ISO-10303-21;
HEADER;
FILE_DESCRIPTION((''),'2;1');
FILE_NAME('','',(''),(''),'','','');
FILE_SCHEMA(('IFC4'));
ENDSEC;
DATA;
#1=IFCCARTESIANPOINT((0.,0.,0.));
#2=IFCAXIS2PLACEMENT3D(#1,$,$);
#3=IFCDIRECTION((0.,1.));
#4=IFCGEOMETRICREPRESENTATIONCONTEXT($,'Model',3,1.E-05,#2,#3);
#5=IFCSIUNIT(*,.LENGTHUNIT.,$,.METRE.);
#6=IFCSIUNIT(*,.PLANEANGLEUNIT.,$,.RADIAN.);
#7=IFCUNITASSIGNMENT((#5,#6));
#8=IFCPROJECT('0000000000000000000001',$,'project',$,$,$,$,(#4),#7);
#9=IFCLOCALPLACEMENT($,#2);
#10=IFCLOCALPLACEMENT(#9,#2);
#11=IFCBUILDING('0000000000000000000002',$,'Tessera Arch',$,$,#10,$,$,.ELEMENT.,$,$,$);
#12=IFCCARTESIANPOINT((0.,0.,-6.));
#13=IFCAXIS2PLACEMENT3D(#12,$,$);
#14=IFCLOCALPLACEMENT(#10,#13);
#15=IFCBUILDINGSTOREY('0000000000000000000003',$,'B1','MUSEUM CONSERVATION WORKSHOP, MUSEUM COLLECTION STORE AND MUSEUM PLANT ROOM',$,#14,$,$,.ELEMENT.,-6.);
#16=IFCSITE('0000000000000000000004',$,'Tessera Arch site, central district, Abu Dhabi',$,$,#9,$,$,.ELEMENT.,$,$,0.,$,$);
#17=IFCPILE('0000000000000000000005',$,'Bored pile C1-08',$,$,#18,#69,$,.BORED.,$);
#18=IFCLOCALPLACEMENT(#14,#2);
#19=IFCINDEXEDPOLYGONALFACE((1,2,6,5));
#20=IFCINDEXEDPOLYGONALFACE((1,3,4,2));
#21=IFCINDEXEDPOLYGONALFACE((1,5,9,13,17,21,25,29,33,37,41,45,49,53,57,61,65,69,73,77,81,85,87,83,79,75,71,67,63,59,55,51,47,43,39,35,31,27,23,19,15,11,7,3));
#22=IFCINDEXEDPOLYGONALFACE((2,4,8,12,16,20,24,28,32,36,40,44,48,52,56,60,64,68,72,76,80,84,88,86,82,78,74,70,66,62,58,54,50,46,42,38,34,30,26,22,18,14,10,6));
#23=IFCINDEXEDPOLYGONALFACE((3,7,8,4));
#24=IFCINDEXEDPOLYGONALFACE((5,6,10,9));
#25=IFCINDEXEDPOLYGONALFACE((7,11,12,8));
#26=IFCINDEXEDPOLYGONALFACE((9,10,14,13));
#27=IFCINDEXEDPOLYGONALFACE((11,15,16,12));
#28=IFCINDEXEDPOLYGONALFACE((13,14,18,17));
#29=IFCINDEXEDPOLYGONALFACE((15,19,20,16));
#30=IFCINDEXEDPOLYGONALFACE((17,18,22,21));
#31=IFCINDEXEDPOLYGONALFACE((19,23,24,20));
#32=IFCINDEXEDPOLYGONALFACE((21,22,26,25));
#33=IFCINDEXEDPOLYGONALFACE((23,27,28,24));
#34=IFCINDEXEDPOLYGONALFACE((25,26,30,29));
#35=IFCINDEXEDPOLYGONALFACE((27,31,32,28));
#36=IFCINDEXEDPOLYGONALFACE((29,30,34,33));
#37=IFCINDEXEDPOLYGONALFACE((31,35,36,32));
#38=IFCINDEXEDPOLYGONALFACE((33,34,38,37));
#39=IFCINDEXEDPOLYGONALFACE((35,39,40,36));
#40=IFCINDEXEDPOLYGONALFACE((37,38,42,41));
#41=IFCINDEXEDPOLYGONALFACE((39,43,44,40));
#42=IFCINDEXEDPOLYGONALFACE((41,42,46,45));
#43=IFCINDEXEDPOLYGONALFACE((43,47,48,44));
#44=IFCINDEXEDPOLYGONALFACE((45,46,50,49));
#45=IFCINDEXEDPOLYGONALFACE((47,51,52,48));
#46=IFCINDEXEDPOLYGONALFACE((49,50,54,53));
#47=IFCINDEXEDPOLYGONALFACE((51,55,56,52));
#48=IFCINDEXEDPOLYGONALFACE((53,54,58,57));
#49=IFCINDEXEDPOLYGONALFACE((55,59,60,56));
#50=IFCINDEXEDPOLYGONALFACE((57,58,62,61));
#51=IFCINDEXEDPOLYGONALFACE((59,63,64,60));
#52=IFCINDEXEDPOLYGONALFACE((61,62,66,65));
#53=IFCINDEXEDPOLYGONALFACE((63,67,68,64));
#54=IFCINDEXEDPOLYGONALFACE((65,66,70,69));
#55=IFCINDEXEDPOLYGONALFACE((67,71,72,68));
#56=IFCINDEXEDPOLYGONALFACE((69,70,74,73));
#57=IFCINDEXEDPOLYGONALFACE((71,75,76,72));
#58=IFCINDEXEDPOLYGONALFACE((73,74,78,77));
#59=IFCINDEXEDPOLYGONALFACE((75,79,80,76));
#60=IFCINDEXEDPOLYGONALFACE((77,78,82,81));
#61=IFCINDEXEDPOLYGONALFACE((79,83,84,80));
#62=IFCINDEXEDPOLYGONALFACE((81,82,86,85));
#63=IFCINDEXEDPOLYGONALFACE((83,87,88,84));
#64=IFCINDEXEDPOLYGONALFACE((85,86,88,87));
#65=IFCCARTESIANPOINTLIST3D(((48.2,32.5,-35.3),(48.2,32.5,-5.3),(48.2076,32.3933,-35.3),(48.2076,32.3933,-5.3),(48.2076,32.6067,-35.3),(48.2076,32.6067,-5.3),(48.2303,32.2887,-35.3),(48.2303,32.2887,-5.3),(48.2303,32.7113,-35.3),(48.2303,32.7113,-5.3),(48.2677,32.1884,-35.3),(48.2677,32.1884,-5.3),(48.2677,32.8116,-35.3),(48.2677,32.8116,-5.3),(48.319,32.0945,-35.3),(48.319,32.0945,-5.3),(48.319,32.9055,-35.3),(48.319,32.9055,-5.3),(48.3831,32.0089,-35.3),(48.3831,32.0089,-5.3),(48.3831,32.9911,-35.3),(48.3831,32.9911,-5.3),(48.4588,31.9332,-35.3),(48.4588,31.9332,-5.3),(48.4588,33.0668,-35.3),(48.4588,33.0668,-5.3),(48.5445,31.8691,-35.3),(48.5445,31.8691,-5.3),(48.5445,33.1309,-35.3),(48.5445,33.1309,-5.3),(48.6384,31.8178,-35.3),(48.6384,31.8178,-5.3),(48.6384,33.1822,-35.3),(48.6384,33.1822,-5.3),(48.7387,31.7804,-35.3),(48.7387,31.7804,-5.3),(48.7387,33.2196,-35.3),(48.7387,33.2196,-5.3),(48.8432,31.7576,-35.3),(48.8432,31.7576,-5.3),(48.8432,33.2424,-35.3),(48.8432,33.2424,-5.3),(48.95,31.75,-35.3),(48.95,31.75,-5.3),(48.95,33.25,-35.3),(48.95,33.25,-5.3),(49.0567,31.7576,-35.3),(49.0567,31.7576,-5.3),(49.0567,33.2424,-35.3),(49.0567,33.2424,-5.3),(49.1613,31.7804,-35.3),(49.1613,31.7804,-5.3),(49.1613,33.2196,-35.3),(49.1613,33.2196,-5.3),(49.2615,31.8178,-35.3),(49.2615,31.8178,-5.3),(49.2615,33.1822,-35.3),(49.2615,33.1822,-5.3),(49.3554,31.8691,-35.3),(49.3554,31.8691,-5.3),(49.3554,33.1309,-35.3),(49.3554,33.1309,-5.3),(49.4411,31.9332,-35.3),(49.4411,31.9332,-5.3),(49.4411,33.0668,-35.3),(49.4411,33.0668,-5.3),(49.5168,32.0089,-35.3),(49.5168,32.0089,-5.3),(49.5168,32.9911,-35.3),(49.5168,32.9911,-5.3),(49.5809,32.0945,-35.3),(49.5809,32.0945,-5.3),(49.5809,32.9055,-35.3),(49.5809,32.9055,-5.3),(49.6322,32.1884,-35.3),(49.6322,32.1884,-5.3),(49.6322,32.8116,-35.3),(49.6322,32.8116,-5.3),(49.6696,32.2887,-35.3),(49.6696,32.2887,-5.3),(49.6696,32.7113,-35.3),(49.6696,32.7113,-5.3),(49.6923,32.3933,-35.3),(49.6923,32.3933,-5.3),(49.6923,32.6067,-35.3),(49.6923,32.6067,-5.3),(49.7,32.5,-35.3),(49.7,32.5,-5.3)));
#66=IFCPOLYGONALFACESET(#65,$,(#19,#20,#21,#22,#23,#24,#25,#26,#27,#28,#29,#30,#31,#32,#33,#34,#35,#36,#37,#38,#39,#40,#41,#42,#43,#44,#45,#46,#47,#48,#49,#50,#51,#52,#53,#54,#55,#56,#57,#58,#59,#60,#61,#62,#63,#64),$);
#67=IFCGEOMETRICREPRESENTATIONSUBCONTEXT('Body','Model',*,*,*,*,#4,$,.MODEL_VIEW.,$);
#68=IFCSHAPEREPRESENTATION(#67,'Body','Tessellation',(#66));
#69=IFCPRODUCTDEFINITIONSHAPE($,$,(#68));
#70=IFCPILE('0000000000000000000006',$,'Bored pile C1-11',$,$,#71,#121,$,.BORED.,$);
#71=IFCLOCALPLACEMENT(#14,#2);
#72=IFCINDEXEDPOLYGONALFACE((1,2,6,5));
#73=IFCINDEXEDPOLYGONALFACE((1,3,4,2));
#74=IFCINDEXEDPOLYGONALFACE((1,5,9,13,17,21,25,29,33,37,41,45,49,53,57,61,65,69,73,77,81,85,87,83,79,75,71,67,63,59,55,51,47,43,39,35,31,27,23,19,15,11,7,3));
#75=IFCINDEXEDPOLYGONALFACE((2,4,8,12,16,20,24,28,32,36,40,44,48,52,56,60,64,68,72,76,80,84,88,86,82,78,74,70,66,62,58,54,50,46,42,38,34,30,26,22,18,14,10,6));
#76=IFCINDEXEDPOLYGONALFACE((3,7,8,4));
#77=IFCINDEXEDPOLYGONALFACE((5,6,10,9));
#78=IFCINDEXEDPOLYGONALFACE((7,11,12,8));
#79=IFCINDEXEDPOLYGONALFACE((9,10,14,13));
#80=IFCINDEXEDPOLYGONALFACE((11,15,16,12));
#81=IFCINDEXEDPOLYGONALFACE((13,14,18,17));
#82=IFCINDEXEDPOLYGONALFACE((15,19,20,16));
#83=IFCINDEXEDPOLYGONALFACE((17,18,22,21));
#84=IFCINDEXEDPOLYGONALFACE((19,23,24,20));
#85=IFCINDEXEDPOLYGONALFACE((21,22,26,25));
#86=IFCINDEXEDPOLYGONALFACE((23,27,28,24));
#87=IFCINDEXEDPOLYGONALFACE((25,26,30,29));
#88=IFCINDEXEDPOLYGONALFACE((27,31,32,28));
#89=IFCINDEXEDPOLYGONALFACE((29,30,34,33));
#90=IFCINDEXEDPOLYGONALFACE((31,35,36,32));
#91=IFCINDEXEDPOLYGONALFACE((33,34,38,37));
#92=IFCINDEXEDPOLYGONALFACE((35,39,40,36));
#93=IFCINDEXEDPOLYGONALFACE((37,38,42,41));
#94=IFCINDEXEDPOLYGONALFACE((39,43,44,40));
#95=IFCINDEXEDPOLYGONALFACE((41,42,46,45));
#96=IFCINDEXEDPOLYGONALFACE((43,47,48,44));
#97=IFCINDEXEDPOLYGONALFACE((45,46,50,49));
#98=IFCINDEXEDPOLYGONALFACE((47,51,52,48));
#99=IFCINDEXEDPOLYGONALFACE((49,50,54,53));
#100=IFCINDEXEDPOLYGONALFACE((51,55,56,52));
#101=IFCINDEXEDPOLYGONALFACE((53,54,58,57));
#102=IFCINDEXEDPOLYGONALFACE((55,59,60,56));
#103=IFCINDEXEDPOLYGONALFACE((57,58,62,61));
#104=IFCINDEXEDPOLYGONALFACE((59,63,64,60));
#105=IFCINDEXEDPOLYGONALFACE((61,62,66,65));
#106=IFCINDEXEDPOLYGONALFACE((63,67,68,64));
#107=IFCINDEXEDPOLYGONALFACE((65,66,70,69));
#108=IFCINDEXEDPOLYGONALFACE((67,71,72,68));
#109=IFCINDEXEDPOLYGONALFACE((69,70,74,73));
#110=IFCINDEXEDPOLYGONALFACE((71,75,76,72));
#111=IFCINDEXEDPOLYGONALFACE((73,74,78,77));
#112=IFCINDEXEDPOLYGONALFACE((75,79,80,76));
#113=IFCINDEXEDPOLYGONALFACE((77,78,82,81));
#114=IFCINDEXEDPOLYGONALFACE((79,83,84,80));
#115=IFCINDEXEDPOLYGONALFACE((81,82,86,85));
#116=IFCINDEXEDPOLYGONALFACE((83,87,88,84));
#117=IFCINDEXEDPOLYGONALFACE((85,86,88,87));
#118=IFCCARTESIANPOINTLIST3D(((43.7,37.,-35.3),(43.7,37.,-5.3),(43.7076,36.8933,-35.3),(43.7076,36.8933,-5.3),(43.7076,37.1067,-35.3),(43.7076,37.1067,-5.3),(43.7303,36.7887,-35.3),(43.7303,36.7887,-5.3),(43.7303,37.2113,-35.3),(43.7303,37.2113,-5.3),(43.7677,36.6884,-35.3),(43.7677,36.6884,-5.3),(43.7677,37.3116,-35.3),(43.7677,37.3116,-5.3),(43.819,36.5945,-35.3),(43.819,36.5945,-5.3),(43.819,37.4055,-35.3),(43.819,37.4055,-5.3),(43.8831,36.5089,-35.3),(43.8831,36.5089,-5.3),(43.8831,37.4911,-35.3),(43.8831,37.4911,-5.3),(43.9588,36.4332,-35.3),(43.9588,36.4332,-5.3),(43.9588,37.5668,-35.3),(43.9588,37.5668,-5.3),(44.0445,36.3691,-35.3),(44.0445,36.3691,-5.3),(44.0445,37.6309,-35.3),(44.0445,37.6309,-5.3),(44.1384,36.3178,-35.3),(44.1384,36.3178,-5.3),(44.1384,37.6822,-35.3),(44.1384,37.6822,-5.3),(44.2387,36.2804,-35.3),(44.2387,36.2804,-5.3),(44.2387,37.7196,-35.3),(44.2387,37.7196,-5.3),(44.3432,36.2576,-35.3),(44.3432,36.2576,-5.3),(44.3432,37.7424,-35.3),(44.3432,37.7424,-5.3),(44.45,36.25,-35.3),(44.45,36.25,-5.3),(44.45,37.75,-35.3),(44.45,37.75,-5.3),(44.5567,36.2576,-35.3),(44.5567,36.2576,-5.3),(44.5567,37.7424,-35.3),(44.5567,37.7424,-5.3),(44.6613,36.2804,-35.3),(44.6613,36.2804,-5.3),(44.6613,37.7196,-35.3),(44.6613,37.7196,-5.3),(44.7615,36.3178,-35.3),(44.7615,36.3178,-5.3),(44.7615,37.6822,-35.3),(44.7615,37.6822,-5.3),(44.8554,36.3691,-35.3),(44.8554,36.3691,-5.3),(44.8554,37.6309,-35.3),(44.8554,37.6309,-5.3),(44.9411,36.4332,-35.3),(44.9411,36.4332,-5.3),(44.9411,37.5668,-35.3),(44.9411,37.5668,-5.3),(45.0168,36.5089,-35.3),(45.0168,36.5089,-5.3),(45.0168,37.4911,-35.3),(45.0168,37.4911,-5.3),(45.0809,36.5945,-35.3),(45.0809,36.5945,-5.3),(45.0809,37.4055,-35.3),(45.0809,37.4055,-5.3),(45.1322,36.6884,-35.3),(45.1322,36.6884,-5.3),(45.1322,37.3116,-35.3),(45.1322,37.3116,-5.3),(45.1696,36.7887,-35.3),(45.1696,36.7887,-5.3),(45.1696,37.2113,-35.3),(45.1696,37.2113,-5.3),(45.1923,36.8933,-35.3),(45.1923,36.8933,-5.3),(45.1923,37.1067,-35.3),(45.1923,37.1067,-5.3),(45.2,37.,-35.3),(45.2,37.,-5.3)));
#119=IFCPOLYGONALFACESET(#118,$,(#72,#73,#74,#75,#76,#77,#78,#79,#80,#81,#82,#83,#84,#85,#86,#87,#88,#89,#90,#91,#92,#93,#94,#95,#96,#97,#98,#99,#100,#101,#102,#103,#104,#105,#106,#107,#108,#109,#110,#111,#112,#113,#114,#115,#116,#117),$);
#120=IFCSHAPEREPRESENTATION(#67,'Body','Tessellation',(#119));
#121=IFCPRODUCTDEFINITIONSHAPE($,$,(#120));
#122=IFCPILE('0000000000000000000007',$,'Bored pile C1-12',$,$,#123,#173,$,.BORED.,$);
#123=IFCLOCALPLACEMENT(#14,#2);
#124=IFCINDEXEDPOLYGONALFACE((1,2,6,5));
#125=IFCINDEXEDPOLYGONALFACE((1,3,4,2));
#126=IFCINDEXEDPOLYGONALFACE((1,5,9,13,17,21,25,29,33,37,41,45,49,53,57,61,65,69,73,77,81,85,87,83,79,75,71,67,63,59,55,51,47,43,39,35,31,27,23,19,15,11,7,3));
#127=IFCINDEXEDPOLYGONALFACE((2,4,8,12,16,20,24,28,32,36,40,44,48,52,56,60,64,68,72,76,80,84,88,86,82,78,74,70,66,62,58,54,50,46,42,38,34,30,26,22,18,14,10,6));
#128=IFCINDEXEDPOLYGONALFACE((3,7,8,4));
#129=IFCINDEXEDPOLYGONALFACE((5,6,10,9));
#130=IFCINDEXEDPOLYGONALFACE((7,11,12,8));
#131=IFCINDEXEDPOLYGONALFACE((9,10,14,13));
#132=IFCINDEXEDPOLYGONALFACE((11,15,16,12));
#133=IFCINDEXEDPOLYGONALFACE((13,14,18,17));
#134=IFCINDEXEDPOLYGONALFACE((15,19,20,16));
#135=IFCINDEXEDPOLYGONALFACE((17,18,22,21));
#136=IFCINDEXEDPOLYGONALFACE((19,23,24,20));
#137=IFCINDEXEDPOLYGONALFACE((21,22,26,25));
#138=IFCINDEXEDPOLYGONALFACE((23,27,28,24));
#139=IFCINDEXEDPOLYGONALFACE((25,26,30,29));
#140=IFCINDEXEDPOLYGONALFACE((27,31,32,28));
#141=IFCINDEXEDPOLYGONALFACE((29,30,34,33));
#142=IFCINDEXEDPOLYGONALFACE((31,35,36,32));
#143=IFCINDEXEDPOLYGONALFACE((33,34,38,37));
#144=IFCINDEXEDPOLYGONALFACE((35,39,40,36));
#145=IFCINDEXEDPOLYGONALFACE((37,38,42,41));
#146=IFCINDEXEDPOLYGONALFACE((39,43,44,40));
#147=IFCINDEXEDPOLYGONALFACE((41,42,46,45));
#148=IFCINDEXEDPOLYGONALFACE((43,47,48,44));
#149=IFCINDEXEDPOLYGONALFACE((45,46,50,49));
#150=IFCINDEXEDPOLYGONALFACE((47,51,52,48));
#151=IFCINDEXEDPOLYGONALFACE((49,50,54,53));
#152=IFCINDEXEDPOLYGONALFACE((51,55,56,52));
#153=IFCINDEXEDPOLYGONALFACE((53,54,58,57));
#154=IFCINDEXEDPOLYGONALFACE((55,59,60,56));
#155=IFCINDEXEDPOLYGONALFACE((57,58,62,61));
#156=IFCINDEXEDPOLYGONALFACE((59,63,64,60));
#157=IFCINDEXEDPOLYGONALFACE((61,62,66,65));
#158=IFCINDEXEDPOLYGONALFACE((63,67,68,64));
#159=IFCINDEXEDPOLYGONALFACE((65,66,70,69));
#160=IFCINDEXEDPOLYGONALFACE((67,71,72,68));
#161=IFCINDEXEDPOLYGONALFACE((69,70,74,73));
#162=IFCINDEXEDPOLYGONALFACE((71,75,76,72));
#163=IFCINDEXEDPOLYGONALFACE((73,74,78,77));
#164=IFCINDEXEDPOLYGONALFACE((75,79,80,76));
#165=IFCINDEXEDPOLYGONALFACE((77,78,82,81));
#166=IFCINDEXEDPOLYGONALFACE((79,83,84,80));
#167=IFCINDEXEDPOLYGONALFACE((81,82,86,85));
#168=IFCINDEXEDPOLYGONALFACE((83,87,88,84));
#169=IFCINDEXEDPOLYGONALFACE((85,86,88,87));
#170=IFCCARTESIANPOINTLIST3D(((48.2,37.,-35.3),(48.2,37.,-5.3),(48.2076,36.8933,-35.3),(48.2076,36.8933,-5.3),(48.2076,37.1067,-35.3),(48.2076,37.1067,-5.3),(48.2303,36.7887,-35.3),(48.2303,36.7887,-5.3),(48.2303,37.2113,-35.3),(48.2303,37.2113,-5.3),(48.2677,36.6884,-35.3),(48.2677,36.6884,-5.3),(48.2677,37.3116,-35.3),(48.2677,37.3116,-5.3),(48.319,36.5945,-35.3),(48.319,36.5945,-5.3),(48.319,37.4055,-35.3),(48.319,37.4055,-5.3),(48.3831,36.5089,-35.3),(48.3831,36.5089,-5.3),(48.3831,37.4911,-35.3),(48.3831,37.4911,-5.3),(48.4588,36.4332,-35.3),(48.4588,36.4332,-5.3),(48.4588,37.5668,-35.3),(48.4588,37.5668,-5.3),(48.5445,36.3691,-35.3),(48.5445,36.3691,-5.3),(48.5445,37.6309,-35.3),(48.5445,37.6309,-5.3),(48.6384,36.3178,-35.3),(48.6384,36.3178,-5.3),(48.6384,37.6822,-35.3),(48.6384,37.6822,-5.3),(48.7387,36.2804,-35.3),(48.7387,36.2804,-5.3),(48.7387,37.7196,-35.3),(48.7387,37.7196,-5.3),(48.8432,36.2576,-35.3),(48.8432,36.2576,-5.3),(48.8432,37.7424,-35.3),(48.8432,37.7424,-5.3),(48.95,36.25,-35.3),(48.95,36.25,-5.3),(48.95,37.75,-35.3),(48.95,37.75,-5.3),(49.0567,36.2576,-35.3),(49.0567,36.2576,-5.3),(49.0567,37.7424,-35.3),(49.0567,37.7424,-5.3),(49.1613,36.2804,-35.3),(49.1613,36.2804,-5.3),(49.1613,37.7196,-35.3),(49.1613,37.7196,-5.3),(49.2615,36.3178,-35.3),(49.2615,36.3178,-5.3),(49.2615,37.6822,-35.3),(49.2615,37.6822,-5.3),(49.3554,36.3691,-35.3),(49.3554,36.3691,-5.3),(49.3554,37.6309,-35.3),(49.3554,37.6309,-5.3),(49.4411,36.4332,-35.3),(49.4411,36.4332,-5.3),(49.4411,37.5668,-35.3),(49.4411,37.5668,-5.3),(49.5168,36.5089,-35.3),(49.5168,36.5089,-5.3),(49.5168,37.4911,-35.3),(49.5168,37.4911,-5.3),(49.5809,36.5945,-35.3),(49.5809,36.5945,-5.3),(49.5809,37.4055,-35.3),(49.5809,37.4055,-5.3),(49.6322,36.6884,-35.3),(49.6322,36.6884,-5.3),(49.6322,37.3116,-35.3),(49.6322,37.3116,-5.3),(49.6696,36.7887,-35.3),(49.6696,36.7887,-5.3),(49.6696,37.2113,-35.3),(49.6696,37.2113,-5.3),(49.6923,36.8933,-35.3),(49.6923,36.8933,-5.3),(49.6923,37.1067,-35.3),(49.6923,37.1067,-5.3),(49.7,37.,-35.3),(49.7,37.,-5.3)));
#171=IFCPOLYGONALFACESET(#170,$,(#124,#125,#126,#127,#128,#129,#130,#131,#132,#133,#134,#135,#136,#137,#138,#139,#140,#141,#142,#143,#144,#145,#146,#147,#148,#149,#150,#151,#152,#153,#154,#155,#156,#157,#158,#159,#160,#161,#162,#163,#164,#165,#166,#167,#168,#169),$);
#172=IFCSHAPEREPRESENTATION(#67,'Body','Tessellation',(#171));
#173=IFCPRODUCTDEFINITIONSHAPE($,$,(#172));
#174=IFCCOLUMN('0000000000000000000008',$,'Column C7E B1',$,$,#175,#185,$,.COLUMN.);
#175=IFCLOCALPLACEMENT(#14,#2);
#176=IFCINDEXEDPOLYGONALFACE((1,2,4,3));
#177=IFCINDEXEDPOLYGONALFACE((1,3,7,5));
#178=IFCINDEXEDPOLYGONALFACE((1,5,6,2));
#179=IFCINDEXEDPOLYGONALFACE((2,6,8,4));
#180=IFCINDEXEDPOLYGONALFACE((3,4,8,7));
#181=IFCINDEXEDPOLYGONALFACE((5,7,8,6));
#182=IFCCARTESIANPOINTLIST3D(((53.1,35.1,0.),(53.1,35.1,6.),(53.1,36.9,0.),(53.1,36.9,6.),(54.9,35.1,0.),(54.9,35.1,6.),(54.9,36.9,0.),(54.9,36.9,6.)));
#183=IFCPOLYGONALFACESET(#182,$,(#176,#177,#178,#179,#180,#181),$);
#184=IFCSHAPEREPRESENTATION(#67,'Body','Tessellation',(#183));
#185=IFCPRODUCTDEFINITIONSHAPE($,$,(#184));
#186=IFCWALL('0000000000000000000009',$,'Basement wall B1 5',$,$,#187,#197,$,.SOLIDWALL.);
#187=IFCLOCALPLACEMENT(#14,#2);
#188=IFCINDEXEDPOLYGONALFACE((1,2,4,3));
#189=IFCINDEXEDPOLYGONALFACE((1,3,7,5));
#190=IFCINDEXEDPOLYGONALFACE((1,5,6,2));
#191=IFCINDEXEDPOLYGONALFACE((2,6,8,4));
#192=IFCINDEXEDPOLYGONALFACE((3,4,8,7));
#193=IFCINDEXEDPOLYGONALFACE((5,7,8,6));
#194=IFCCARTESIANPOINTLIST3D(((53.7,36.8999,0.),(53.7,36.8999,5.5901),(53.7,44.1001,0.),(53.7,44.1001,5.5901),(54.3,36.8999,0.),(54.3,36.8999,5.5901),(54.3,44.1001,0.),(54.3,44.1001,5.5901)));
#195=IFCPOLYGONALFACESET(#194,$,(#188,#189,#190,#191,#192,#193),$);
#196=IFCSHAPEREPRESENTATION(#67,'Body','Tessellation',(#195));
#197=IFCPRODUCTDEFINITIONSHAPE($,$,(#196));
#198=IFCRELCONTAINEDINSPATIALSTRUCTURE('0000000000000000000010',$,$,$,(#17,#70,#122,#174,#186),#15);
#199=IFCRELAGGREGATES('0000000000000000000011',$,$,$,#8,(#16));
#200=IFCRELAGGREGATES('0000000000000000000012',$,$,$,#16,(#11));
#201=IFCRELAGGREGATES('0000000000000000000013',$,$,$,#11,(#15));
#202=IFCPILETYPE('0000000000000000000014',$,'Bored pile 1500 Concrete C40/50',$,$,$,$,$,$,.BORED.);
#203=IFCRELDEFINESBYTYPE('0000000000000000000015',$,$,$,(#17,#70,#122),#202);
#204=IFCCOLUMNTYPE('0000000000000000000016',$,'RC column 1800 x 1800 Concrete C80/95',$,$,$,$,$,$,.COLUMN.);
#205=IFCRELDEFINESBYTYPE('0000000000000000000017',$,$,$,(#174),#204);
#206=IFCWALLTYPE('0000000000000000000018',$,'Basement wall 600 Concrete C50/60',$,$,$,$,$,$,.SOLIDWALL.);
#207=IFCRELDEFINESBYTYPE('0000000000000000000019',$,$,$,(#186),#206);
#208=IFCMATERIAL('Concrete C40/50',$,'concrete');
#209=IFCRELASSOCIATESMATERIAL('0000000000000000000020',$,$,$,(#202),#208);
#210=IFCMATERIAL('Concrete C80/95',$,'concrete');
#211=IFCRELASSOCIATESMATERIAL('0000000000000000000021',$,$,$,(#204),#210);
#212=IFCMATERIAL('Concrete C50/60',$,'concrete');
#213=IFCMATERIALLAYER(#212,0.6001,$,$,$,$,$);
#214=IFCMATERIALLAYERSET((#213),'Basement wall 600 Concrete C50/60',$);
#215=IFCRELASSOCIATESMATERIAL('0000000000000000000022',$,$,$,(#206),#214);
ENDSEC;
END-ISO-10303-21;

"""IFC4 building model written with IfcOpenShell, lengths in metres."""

from ifc_helpers import new_model, si_unit, direction, frame, frame_2d, origin, origin_2d, place, context, subcontext, project, spatial, rectangle, circle, extrude, material, layer, layer_set, material_profile, profile_set, type_object, element, save


model = new_model("IFC4")

# Units and contexts
model_context = context("Model", 3, precision=1e-05, world=origin(), true_north=direction((0.0, 1.0)))
body_context = subcontext(model_context, "Body", "Model", "MODEL_VIEW")
ifc_project = project(units=[si_unit("LENGTHUNIT", "METRE"), si_unit("PLANEANGLEUNIT", "RADIAN")], contexts=[model_context])

# Site, building, storey
site_placement = place(None, origin())
site = spatial("IfcSite", under=ifc_project, at=site_placement, Name="Tessera Arch site, central district, Abu Dhabi", CompositionType="ELEMENT", RefElevation=0.0)
building_placement = place(site_placement, origin())
building = spatial("IfcBuilding", under=site, at=building_placement, Name="Tessera Arch", CompositionType="ELEMENT")
storey_placement = place(building_placement, frame((0.0, 0.0, -6.0)))
storey = spatial("IfcBuildingStorey", under=building, at=storey_placement, Name="B1", Description="MUSEUM CONSERVATION WORKSHOP, MUSEUM COLLECTION STORE AND MUSEUM PLANT ROOM", CompositionType="ELEMENT", Elevation=-6.0)

# Piles
ifc_material_1 = material(Name="Concrete C40/50", Category="concrete")
pile_type = type_object("IfcPileType", Name="Bored pile 1500 Concrete C40/50", PredefinedType="BORED", material=ifc_material_1)
for number, where, z_axis, x_axis, name in (
    (1, (48.95, 32.5, -5.3), (0.0, 0.0, -1.0), (1.0, 0.0, 0.0), "Bored pile C1-08"),
    (2, (44.45, 37.0, -5.3), (0.0, 0.0, -1.0), (1.0, 0.0, 0.0), "Bored pile C1-11"),
    (3, (48.95, 37.0, -5.3), (0.0, 0.0, -1.0), (1.0, 0.0, 0.0), "Bored pile C1-12"),
):
    element("IfcPile", number, at=place(storey_placement, frame(where, z_axis=z_axis, x_axis=x_axis)), inside=storey, type_object=pile_type, Name=name, PredefinedType="BORED", context=body_context, shape_type="SweptSolid", body=[
        extrude(circle(Radius=0.75, at=origin_2d()), origin(), (0.0, 0.0, 1.0), 30.0),
    ])

# Column
ifc_material_2 = material(Name="Concrete C80/95", Category="concrete")
ifc_material_profile = material_profile(ifc_material_2, rectangle(XDim=1.8, YDim=1.8, at=origin_2d()), Name="RC column 1800 x 1800 Concrete C80/95")
ifc_profile_set = profile_set([ifc_material_profile], Name="Concrete C80/95")
column_type = type_object("IfcColumnType", Name="RC column 1800 x 1800 Concrete C80/95", PredefinedType="COLUMN", material=ifc_profile_set)
column_placement = place(storey_placement, frame((54.0, 36.0, 0.0), z_axis=(0.0, 0.0, 1.0), x_axis=(1.0, 0.0, 0.0)))
element("IfcColumn", 4, at=column_placement, inside=storey, type_object=column_type, Name="Column C7E B1", PredefinedType="COLUMN", context=body_context, shape_type="SweptSolid", body=[
    extrude(rectangle(XDim=1.8, YDim=1.8, at=origin_2d()), origin(), (0.0, 0.0, 1.0), 6.0),
])

# Wall
ifc_material_3 = material(Name="Concrete C50/60", Category="concrete")
ifc_layer_1 = layer(ifc_material_3, 0.6001)
ifc_layer_set_1 = layer_set([ifc_layer_1], Name="Basement wall 600 Concrete C50/60")
wall_type_1 = type_object("IfcWallType", Name="Basement wall 600 Concrete C50/60", PredefinedType="SOLIDWALL", material=ifc_layer_set_1)
wall_1_placement = place(storey_placement, frame((54.0, 36.8999, 0.0), z_axis=(0.0, 0.0, 1.0), x_axis=(0.0, 1.0, 0.0)))
element("IfcWall", 5, at=wall_1_placement, inside=storey, type_object=wall_type_1, Name="Basement wall B1 5", PredefinedType="SOLIDWALL", context=body_context, shape_type="SweptSolid", body=[
    extrude(rectangle(XDim=7.2002, YDim=0.6001, at=frame_2d((3.6001, 0.0))), origin(), (0.0, 0.0, 1.0), 5.5901),
])

save(model, "model.ifc")
